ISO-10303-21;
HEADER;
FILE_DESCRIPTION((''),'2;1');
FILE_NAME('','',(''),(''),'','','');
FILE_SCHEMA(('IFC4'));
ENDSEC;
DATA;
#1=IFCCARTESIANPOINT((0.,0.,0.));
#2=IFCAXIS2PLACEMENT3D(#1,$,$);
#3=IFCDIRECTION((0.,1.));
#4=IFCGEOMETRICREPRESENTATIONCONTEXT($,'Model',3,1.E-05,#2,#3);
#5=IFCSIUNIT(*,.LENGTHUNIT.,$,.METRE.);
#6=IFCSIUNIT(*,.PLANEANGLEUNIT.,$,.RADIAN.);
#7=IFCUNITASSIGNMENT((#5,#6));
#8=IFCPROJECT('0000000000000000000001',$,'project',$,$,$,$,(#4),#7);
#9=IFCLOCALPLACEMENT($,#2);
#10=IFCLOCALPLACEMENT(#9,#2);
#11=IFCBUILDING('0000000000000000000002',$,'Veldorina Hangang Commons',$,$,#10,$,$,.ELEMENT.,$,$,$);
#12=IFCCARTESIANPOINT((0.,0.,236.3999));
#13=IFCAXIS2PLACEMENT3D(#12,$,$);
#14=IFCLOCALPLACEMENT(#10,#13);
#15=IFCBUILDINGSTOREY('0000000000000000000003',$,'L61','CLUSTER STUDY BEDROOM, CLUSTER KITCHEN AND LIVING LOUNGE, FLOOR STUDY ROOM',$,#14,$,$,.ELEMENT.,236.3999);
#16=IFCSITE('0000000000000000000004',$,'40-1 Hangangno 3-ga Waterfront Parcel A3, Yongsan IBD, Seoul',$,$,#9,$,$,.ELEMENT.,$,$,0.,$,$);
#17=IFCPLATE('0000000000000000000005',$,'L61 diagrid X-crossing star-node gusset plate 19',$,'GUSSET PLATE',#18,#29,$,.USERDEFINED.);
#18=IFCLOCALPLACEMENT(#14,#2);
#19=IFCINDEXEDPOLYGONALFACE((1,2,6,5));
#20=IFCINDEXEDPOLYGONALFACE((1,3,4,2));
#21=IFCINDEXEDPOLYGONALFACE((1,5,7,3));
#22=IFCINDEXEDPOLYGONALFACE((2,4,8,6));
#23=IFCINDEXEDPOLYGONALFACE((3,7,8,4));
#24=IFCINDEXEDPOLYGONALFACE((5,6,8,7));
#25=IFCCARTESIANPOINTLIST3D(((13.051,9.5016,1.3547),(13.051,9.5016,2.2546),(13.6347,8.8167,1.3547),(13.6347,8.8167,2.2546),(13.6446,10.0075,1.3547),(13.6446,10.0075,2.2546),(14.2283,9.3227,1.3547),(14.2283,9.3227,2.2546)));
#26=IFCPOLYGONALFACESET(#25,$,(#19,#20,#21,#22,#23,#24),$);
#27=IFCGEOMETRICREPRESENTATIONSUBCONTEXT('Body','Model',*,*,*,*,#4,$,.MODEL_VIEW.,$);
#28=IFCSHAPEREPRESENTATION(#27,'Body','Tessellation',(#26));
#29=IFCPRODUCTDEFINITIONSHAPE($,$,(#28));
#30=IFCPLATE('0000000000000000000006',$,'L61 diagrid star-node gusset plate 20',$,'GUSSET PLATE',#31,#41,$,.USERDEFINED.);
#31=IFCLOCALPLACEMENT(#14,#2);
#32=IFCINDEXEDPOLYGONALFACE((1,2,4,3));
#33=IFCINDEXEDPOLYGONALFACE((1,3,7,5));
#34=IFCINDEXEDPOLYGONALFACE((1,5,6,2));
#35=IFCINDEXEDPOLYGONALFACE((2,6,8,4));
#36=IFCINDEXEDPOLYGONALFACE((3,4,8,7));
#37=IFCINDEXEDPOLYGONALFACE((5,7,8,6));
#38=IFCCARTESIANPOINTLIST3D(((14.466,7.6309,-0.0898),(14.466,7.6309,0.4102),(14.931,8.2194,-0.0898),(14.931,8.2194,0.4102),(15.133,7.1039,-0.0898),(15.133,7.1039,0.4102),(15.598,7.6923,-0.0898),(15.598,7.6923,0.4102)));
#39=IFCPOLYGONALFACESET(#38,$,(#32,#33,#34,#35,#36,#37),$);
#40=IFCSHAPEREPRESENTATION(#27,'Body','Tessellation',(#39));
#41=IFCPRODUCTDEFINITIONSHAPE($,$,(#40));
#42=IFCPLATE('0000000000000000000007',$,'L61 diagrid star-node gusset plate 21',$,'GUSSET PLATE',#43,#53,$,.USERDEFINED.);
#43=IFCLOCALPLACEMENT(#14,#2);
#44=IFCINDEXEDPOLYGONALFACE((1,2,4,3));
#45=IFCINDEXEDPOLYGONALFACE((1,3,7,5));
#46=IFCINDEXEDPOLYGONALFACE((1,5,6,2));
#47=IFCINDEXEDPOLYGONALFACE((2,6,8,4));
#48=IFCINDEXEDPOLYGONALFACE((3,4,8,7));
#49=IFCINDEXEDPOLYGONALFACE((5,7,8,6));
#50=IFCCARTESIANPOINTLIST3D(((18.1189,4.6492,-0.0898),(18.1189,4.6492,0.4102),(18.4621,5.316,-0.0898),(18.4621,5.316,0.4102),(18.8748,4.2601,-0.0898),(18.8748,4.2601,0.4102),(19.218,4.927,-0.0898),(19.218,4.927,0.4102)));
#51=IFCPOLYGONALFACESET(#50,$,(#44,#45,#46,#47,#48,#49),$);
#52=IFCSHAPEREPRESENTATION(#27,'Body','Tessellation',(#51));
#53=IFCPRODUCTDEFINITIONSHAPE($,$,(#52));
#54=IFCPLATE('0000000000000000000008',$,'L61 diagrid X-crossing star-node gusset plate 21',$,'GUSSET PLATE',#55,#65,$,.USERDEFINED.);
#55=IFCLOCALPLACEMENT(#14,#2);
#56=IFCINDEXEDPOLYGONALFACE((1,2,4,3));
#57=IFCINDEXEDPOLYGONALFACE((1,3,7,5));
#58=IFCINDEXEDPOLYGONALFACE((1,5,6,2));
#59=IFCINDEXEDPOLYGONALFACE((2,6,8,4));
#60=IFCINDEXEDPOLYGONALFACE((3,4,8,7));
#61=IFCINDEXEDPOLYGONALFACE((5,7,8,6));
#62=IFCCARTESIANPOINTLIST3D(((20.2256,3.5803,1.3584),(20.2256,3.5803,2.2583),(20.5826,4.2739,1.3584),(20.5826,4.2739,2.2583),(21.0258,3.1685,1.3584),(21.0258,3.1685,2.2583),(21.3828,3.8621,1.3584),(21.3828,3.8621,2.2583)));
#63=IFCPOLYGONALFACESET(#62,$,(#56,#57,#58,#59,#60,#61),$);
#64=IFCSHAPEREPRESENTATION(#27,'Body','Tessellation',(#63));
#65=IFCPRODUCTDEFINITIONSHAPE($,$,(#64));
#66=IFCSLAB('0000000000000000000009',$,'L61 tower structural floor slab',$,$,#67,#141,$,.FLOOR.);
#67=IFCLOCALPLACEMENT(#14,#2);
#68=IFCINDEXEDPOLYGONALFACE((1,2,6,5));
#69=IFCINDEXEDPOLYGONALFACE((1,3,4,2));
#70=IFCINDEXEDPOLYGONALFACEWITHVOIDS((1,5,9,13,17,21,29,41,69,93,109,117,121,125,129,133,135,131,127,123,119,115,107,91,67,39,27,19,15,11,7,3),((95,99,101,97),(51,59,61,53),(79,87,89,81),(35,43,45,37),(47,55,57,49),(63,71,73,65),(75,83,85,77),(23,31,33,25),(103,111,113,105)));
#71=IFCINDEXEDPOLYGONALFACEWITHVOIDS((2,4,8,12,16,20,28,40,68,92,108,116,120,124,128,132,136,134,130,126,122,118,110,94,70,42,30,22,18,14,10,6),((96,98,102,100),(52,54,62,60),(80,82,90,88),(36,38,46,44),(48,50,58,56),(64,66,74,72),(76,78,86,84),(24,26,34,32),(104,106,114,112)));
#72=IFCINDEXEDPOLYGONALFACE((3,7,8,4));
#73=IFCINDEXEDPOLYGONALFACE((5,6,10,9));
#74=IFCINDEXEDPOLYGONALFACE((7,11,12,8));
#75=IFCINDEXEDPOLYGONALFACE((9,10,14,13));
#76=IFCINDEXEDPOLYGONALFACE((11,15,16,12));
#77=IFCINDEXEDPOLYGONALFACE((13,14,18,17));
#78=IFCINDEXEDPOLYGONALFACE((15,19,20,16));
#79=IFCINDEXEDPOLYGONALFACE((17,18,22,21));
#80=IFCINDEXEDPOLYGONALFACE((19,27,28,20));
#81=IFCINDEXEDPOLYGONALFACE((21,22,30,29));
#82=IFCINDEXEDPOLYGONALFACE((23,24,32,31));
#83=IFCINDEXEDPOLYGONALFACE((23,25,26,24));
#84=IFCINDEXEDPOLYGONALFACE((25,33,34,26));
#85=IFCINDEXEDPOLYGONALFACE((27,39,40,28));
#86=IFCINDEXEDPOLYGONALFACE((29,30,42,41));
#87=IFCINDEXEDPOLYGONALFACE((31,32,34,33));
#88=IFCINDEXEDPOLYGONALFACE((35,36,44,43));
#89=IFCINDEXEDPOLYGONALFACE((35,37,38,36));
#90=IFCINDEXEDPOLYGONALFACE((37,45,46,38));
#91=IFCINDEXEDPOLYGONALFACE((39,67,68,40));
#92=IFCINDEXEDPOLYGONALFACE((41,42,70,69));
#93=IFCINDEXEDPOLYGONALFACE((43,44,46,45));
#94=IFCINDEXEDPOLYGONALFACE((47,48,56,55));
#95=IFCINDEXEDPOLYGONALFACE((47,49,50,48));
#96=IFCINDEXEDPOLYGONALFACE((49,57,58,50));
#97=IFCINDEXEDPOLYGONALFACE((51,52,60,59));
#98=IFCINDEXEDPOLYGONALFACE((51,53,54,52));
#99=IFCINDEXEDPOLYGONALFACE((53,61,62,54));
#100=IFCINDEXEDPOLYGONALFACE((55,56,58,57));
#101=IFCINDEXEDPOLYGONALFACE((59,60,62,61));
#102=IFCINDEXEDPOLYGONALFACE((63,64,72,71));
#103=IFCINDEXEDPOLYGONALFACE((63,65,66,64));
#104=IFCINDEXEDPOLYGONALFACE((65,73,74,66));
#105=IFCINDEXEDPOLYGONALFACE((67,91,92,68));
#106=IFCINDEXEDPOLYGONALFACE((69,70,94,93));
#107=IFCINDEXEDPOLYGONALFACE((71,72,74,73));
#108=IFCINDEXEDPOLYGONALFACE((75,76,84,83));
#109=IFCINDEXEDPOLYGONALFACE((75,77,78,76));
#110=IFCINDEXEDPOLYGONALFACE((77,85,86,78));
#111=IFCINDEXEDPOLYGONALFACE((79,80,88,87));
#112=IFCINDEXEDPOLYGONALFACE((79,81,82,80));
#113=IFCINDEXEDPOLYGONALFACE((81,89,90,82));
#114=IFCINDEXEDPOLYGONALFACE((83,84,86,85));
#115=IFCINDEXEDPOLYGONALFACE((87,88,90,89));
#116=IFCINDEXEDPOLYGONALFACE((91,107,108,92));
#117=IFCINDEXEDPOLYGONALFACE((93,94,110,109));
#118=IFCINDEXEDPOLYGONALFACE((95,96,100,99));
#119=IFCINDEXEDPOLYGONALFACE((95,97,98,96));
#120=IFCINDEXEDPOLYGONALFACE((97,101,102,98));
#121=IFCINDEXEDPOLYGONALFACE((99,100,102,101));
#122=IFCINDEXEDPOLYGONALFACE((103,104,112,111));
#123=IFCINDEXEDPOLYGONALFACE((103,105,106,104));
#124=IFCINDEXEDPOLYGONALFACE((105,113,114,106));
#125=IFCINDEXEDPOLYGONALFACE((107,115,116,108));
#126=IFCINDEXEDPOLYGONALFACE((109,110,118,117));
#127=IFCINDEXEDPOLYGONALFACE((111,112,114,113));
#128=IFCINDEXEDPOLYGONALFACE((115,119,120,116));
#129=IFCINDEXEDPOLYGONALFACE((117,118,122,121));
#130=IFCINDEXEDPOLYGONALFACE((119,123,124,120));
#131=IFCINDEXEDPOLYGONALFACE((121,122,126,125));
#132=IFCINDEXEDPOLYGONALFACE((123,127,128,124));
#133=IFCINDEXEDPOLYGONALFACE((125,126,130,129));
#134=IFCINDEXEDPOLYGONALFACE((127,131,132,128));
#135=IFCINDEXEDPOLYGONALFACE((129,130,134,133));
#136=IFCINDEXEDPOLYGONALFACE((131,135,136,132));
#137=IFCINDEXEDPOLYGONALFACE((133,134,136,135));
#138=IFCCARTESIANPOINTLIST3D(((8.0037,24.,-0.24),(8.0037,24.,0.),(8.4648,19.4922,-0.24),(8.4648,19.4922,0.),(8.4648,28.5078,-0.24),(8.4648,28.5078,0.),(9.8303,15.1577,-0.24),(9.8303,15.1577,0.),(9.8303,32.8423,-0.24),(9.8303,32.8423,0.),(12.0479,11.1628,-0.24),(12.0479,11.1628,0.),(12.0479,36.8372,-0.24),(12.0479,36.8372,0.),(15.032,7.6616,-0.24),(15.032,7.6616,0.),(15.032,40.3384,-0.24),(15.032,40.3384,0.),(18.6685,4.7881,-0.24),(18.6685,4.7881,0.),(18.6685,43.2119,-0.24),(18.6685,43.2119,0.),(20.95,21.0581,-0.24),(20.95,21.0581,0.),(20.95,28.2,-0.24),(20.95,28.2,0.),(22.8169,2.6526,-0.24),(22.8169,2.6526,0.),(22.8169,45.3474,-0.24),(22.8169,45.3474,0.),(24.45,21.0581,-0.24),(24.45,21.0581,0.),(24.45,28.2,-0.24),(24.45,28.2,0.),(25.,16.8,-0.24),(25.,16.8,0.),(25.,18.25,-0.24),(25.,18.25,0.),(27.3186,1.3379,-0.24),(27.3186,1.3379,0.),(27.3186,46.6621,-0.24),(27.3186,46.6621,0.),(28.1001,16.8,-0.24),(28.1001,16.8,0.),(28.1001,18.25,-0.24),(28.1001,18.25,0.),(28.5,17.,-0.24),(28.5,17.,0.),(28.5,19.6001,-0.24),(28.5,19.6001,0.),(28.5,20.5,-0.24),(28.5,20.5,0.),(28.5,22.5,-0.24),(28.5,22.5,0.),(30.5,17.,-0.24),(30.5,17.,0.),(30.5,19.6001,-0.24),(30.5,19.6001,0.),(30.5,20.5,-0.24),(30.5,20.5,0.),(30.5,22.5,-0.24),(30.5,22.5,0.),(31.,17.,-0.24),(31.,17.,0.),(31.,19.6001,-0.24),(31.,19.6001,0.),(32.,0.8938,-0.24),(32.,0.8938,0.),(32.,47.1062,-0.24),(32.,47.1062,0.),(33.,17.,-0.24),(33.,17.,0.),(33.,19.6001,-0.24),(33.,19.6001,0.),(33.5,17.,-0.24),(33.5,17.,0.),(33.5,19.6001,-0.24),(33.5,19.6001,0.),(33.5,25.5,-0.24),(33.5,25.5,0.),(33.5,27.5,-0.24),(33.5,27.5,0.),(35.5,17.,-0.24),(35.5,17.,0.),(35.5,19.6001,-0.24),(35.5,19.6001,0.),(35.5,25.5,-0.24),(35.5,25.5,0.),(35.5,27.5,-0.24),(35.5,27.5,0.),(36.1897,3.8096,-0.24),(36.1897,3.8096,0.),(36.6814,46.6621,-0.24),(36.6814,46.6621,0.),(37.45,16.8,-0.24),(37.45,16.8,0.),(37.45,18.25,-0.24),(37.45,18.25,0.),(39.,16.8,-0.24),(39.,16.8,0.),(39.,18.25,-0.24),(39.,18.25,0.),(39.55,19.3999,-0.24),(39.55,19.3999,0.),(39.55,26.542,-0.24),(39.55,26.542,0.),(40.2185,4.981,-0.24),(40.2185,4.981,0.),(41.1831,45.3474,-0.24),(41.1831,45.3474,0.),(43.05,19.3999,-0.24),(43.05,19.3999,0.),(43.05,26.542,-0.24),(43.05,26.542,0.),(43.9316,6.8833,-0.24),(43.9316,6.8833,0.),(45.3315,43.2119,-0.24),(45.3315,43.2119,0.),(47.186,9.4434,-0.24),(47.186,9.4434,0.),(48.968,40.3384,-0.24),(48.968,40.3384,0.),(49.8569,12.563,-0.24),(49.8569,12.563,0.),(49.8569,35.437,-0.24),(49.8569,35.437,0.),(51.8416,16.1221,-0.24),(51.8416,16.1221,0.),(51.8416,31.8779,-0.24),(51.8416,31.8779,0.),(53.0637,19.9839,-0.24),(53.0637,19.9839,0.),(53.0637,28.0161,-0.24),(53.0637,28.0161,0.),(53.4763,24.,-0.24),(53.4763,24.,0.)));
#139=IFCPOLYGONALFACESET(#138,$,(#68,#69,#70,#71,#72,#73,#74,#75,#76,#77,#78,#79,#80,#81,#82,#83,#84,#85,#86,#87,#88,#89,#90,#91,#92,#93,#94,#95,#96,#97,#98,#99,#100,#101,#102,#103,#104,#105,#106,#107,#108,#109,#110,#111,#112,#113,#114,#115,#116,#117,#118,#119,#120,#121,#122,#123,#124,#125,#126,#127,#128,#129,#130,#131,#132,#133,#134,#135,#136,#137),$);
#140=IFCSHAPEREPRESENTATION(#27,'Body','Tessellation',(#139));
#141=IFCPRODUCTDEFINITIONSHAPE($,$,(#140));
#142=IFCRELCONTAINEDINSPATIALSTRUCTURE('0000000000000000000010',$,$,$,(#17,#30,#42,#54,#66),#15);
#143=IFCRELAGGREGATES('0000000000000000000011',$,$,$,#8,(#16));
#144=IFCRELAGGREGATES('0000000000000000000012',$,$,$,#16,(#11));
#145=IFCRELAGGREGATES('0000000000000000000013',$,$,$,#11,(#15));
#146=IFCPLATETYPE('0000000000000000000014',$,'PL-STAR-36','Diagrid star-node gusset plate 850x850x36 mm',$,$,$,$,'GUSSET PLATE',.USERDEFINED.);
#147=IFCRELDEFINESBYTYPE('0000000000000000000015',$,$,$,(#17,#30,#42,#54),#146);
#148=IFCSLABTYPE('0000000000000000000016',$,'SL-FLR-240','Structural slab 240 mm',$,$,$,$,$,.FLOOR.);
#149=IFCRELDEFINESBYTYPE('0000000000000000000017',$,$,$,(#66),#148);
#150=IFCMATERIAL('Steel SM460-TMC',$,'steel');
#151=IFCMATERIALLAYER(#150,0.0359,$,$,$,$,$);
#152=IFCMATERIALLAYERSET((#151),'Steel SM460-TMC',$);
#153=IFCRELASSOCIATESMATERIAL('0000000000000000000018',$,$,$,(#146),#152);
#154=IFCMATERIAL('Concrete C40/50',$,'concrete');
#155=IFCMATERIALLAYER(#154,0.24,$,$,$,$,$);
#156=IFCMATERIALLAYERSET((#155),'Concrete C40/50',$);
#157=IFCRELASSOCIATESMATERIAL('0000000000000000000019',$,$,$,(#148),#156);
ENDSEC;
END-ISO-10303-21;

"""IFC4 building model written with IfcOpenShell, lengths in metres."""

from ifc_helpers import new_model, si_unit, direction, frame, origin, origin_2d, place, context, subcontext, project, spatial, polyline, rectangle, outline, extrude, material, layer, layer_set, type_object, element, save


model = new_model("IFC4")

# Units and contexts
model_context = context("Model", 3, precision=1e-05, world=origin(), true_north=direction((0.0, 1.0)))
body_context = subcontext(model_context, "Body", "Model", "MODEL_VIEW")
ifc_project = project(units=[si_unit("LENGTHUNIT", "METRE"), si_unit("PLANEANGLEUNIT", "RADIAN")], contexts=[model_context])

# Site, building, storey
site_placement = place(None, origin())
site = spatial("IfcSite", under=ifc_project, at=site_placement, Name="40-1 Hangangno 3-ga Waterfront Parcel A3, Yongsan IBD, Seoul", CompositionType="ELEMENT", RefElevation=0.0)
building_placement = place(site_placement, origin())
building = spatial("IfcBuilding", under=site, at=building_placement, Name="Veldorina Hangang Commons", CompositionType="ELEMENT")
storey_placement = place(building_placement, frame((0.0, 0.0, 236.3999)))
storey = spatial("IfcBuildingStorey", under=building, at=storey_placement, Name="L61", Description="CLUSTER STUDY BEDROOM, CLUSTER KITCHEN AND LIVING LOUNGE, FLOOR STUDY ROOM", CompositionType="ELEMENT", Elevation=236.3999)

# Plates
ifc_material_1 = material(Name="Steel SM460-TMC", Category="steel")
ifc_layer_1 = layer(ifc_material_1, 0.0359)
ifc_layer_set_1 = layer_set([ifc_layer_1], Name="Steel SM460-TMC")
plate_type = type_object("IfcPlateType", Name="PL-STAR-36", Description="Diagrid star-node gusset plate 850x850x36 mm", ElementType="GUSSET PLATE", PredefinedType="USERDEFINED", material=ifc_layer_set_1)
plate_1_placement = place(storey_placement, frame((13.6396, 9.4121, 1.3547), z_axis=(0.0, 0.0, 1.0), x_axis=(0.648665, -0.761074, 0.0)))
element("IfcPlate", 1, at=plate_1_placement, inside=storey, type_object=plate_type, Name="L61 diagrid X-crossing star-node gusset plate 19", ObjectType="GUSSET PLATE", PredefinedType="USERDEFINED", context=body_context, shape_type="SweptSolid", body=[
    extrude(rectangle(XDim=0.8999, YDim=0.78, at=origin_2d()), origin(), (0.0, 0.0, 1.0), 0.8999),
])
for number, where, z_axis, x_axis, name in (
    (2, (15.032, 7.6616, -0.0898), (0.0, 0.0, 1.0), (0.784592, -0.620012, 0.0), "L61 diagrid star-node gusset plate 20"),
    (3, (18.6685, 4.7881, -0.0898), (0.0, 0.0, 1.0), (0.889137, -0.457641, 0.0), "L61 diagrid star-node gusset plate 21"),
):
    element("IfcPlate", number, at=place(storey_placement, frame(where, z_axis=z_axis, x_axis=x_axis)), inside=storey, type_object=plate_type, Name=name, ObjectType="GUSSET PLATE", PredefinedType="USERDEFINED", context=body_context, shape_type="SweptSolid", body=[
        extrude(rectangle(XDim=0.8501, YDim=0.75, at=origin_2d()), origin(), (0.0, 0.0, 1.0), 0.5),
    ])
plate_2_placement = place(storey_placement, frame((20.8042, 3.7212, 1.3584), z_axis=(0.0, 0.0, 1.0), x_axis=(0.889137, -0.457641, 0.0)))
element("IfcPlate", 4, at=plate_2_placement, inside=storey, type_object=plate_type, Name="L61 diagrid X-crossing star-node gusset plate 21", ObjectType="GUSSET PLATE", PredefinedType="USERDEFINED", context=body_context, shape_type="SweptSolid", body=[
    extrude(rectangle(XDim=0.8999, YDim=0.78, at=origin_2d()), origin(), (0.0, 0.0, 1.0), 0.8999),
])

# Slab
ifc_material_2 = material(Name="Concrete C40/50", Category="concrete")
ifc_layer_2 = layer(ifc_material_2, 0.24)
ifc_layer_set_2 = layer_set([ifc_layer_2], Name="Concrete C40/50")
slab_type_1 = type_object("IfcSlabType", Name="SL-FLR-240", Description="Structural slab 240 mm", PredefinedType="FLOOR", material=ifc_layer_set_2)
slab_1_placement = place(storey_placement, frame((0.0, 0.0, -0.24)))
element("IfcSlab", 5, at=slab_1_placement, inside=storey, type_object=slab_type_1, Name="L61 tower structural floor slab", PredefinedType="FLOOR", context=body_context, shape_type="SweptSolid", body=[
    extrude(outline(polyline([(53.4763, 24.0), (53.0637, 28.0161), (51.8416, 31.8779), (49.8569, 35.437), (48.968, 40.3384), (45.3315, 43.2119), (41.1831, 45.3474), (36.6814, 46.6621), (32.0, 47.1062), (27.3186, 46.6621), (22.8169, 45.3474), (18.6685, 43.2119), (15.032, 40.3384), (12.0479, 36.8372), (9.8303, 32.8423), (8.4648, 28.5078), (8.0037, 24.0), (8.4648, 19.4922), (9.8303, 15.1577), (12.0479, 11.1628), (15.032, 7.6616), (18.6685, 4.7881), (22.8169, 2.6526), (27.3186, 1.3379), (32.0, 0.8938), (36.1897, 3.8096), (40.2185, 4.981), (43.9316, 6.8833), (47.186, 9.4434), (49.8569, 12.563), (51.8416, 16.1221), (53.0637, 19.9839), (53.4763, 24.0)]), holes=[polyline([(20.95, 21.0581), (20.95, 28.2), (24.45, 28.2), (24.45, 21.0581), (20.95, 21.0581)]), polyline([(43.05, 26.542), (43.05, 19.3999), (39.55, 19.3999), (39.55, 26.542), (43.05, 26.542)]), polyline([(33.5, 27.5), (35.5, 27.5), (35.5, 25.5), (33.5, 25.5), (33.5, 27.5)]), polyline([(28.5, 22.5), (30.5, 22.5), (30.5, 20.5), (28.5, 20.5), (28.5, 22.5)]), polyline([(28.5, 19.6001), (30.5, 19.6001), (30.5, 17.0), (28.5, 17.0), (28.5, 19.6001)]), polyline([(31.0, 19.6001), (33.0, 19.6001), (33.0, 17.0), (31.0, 17.0), (31.0, 19.6001)]), polyline([(33.5, 19.6001), (35.5, 19.6001), (35.5, 17.0), (33.5, 17.0), (33.5, 19.6001)]), polyline([(25.0, 18.25), (28.1001, 18.25), (28.1001, 16.8), (25.0, 16.8), (25.0, 18.25)]), polyline([(37.45, 18.25), (39.0, 18.25), (39.0, 16.8), (37.45, 16.8), (37.45, 18.25)])]), origin(), (0.0, 0.0, 1.0), 0.24),
])

save(model, "model.ifc")
